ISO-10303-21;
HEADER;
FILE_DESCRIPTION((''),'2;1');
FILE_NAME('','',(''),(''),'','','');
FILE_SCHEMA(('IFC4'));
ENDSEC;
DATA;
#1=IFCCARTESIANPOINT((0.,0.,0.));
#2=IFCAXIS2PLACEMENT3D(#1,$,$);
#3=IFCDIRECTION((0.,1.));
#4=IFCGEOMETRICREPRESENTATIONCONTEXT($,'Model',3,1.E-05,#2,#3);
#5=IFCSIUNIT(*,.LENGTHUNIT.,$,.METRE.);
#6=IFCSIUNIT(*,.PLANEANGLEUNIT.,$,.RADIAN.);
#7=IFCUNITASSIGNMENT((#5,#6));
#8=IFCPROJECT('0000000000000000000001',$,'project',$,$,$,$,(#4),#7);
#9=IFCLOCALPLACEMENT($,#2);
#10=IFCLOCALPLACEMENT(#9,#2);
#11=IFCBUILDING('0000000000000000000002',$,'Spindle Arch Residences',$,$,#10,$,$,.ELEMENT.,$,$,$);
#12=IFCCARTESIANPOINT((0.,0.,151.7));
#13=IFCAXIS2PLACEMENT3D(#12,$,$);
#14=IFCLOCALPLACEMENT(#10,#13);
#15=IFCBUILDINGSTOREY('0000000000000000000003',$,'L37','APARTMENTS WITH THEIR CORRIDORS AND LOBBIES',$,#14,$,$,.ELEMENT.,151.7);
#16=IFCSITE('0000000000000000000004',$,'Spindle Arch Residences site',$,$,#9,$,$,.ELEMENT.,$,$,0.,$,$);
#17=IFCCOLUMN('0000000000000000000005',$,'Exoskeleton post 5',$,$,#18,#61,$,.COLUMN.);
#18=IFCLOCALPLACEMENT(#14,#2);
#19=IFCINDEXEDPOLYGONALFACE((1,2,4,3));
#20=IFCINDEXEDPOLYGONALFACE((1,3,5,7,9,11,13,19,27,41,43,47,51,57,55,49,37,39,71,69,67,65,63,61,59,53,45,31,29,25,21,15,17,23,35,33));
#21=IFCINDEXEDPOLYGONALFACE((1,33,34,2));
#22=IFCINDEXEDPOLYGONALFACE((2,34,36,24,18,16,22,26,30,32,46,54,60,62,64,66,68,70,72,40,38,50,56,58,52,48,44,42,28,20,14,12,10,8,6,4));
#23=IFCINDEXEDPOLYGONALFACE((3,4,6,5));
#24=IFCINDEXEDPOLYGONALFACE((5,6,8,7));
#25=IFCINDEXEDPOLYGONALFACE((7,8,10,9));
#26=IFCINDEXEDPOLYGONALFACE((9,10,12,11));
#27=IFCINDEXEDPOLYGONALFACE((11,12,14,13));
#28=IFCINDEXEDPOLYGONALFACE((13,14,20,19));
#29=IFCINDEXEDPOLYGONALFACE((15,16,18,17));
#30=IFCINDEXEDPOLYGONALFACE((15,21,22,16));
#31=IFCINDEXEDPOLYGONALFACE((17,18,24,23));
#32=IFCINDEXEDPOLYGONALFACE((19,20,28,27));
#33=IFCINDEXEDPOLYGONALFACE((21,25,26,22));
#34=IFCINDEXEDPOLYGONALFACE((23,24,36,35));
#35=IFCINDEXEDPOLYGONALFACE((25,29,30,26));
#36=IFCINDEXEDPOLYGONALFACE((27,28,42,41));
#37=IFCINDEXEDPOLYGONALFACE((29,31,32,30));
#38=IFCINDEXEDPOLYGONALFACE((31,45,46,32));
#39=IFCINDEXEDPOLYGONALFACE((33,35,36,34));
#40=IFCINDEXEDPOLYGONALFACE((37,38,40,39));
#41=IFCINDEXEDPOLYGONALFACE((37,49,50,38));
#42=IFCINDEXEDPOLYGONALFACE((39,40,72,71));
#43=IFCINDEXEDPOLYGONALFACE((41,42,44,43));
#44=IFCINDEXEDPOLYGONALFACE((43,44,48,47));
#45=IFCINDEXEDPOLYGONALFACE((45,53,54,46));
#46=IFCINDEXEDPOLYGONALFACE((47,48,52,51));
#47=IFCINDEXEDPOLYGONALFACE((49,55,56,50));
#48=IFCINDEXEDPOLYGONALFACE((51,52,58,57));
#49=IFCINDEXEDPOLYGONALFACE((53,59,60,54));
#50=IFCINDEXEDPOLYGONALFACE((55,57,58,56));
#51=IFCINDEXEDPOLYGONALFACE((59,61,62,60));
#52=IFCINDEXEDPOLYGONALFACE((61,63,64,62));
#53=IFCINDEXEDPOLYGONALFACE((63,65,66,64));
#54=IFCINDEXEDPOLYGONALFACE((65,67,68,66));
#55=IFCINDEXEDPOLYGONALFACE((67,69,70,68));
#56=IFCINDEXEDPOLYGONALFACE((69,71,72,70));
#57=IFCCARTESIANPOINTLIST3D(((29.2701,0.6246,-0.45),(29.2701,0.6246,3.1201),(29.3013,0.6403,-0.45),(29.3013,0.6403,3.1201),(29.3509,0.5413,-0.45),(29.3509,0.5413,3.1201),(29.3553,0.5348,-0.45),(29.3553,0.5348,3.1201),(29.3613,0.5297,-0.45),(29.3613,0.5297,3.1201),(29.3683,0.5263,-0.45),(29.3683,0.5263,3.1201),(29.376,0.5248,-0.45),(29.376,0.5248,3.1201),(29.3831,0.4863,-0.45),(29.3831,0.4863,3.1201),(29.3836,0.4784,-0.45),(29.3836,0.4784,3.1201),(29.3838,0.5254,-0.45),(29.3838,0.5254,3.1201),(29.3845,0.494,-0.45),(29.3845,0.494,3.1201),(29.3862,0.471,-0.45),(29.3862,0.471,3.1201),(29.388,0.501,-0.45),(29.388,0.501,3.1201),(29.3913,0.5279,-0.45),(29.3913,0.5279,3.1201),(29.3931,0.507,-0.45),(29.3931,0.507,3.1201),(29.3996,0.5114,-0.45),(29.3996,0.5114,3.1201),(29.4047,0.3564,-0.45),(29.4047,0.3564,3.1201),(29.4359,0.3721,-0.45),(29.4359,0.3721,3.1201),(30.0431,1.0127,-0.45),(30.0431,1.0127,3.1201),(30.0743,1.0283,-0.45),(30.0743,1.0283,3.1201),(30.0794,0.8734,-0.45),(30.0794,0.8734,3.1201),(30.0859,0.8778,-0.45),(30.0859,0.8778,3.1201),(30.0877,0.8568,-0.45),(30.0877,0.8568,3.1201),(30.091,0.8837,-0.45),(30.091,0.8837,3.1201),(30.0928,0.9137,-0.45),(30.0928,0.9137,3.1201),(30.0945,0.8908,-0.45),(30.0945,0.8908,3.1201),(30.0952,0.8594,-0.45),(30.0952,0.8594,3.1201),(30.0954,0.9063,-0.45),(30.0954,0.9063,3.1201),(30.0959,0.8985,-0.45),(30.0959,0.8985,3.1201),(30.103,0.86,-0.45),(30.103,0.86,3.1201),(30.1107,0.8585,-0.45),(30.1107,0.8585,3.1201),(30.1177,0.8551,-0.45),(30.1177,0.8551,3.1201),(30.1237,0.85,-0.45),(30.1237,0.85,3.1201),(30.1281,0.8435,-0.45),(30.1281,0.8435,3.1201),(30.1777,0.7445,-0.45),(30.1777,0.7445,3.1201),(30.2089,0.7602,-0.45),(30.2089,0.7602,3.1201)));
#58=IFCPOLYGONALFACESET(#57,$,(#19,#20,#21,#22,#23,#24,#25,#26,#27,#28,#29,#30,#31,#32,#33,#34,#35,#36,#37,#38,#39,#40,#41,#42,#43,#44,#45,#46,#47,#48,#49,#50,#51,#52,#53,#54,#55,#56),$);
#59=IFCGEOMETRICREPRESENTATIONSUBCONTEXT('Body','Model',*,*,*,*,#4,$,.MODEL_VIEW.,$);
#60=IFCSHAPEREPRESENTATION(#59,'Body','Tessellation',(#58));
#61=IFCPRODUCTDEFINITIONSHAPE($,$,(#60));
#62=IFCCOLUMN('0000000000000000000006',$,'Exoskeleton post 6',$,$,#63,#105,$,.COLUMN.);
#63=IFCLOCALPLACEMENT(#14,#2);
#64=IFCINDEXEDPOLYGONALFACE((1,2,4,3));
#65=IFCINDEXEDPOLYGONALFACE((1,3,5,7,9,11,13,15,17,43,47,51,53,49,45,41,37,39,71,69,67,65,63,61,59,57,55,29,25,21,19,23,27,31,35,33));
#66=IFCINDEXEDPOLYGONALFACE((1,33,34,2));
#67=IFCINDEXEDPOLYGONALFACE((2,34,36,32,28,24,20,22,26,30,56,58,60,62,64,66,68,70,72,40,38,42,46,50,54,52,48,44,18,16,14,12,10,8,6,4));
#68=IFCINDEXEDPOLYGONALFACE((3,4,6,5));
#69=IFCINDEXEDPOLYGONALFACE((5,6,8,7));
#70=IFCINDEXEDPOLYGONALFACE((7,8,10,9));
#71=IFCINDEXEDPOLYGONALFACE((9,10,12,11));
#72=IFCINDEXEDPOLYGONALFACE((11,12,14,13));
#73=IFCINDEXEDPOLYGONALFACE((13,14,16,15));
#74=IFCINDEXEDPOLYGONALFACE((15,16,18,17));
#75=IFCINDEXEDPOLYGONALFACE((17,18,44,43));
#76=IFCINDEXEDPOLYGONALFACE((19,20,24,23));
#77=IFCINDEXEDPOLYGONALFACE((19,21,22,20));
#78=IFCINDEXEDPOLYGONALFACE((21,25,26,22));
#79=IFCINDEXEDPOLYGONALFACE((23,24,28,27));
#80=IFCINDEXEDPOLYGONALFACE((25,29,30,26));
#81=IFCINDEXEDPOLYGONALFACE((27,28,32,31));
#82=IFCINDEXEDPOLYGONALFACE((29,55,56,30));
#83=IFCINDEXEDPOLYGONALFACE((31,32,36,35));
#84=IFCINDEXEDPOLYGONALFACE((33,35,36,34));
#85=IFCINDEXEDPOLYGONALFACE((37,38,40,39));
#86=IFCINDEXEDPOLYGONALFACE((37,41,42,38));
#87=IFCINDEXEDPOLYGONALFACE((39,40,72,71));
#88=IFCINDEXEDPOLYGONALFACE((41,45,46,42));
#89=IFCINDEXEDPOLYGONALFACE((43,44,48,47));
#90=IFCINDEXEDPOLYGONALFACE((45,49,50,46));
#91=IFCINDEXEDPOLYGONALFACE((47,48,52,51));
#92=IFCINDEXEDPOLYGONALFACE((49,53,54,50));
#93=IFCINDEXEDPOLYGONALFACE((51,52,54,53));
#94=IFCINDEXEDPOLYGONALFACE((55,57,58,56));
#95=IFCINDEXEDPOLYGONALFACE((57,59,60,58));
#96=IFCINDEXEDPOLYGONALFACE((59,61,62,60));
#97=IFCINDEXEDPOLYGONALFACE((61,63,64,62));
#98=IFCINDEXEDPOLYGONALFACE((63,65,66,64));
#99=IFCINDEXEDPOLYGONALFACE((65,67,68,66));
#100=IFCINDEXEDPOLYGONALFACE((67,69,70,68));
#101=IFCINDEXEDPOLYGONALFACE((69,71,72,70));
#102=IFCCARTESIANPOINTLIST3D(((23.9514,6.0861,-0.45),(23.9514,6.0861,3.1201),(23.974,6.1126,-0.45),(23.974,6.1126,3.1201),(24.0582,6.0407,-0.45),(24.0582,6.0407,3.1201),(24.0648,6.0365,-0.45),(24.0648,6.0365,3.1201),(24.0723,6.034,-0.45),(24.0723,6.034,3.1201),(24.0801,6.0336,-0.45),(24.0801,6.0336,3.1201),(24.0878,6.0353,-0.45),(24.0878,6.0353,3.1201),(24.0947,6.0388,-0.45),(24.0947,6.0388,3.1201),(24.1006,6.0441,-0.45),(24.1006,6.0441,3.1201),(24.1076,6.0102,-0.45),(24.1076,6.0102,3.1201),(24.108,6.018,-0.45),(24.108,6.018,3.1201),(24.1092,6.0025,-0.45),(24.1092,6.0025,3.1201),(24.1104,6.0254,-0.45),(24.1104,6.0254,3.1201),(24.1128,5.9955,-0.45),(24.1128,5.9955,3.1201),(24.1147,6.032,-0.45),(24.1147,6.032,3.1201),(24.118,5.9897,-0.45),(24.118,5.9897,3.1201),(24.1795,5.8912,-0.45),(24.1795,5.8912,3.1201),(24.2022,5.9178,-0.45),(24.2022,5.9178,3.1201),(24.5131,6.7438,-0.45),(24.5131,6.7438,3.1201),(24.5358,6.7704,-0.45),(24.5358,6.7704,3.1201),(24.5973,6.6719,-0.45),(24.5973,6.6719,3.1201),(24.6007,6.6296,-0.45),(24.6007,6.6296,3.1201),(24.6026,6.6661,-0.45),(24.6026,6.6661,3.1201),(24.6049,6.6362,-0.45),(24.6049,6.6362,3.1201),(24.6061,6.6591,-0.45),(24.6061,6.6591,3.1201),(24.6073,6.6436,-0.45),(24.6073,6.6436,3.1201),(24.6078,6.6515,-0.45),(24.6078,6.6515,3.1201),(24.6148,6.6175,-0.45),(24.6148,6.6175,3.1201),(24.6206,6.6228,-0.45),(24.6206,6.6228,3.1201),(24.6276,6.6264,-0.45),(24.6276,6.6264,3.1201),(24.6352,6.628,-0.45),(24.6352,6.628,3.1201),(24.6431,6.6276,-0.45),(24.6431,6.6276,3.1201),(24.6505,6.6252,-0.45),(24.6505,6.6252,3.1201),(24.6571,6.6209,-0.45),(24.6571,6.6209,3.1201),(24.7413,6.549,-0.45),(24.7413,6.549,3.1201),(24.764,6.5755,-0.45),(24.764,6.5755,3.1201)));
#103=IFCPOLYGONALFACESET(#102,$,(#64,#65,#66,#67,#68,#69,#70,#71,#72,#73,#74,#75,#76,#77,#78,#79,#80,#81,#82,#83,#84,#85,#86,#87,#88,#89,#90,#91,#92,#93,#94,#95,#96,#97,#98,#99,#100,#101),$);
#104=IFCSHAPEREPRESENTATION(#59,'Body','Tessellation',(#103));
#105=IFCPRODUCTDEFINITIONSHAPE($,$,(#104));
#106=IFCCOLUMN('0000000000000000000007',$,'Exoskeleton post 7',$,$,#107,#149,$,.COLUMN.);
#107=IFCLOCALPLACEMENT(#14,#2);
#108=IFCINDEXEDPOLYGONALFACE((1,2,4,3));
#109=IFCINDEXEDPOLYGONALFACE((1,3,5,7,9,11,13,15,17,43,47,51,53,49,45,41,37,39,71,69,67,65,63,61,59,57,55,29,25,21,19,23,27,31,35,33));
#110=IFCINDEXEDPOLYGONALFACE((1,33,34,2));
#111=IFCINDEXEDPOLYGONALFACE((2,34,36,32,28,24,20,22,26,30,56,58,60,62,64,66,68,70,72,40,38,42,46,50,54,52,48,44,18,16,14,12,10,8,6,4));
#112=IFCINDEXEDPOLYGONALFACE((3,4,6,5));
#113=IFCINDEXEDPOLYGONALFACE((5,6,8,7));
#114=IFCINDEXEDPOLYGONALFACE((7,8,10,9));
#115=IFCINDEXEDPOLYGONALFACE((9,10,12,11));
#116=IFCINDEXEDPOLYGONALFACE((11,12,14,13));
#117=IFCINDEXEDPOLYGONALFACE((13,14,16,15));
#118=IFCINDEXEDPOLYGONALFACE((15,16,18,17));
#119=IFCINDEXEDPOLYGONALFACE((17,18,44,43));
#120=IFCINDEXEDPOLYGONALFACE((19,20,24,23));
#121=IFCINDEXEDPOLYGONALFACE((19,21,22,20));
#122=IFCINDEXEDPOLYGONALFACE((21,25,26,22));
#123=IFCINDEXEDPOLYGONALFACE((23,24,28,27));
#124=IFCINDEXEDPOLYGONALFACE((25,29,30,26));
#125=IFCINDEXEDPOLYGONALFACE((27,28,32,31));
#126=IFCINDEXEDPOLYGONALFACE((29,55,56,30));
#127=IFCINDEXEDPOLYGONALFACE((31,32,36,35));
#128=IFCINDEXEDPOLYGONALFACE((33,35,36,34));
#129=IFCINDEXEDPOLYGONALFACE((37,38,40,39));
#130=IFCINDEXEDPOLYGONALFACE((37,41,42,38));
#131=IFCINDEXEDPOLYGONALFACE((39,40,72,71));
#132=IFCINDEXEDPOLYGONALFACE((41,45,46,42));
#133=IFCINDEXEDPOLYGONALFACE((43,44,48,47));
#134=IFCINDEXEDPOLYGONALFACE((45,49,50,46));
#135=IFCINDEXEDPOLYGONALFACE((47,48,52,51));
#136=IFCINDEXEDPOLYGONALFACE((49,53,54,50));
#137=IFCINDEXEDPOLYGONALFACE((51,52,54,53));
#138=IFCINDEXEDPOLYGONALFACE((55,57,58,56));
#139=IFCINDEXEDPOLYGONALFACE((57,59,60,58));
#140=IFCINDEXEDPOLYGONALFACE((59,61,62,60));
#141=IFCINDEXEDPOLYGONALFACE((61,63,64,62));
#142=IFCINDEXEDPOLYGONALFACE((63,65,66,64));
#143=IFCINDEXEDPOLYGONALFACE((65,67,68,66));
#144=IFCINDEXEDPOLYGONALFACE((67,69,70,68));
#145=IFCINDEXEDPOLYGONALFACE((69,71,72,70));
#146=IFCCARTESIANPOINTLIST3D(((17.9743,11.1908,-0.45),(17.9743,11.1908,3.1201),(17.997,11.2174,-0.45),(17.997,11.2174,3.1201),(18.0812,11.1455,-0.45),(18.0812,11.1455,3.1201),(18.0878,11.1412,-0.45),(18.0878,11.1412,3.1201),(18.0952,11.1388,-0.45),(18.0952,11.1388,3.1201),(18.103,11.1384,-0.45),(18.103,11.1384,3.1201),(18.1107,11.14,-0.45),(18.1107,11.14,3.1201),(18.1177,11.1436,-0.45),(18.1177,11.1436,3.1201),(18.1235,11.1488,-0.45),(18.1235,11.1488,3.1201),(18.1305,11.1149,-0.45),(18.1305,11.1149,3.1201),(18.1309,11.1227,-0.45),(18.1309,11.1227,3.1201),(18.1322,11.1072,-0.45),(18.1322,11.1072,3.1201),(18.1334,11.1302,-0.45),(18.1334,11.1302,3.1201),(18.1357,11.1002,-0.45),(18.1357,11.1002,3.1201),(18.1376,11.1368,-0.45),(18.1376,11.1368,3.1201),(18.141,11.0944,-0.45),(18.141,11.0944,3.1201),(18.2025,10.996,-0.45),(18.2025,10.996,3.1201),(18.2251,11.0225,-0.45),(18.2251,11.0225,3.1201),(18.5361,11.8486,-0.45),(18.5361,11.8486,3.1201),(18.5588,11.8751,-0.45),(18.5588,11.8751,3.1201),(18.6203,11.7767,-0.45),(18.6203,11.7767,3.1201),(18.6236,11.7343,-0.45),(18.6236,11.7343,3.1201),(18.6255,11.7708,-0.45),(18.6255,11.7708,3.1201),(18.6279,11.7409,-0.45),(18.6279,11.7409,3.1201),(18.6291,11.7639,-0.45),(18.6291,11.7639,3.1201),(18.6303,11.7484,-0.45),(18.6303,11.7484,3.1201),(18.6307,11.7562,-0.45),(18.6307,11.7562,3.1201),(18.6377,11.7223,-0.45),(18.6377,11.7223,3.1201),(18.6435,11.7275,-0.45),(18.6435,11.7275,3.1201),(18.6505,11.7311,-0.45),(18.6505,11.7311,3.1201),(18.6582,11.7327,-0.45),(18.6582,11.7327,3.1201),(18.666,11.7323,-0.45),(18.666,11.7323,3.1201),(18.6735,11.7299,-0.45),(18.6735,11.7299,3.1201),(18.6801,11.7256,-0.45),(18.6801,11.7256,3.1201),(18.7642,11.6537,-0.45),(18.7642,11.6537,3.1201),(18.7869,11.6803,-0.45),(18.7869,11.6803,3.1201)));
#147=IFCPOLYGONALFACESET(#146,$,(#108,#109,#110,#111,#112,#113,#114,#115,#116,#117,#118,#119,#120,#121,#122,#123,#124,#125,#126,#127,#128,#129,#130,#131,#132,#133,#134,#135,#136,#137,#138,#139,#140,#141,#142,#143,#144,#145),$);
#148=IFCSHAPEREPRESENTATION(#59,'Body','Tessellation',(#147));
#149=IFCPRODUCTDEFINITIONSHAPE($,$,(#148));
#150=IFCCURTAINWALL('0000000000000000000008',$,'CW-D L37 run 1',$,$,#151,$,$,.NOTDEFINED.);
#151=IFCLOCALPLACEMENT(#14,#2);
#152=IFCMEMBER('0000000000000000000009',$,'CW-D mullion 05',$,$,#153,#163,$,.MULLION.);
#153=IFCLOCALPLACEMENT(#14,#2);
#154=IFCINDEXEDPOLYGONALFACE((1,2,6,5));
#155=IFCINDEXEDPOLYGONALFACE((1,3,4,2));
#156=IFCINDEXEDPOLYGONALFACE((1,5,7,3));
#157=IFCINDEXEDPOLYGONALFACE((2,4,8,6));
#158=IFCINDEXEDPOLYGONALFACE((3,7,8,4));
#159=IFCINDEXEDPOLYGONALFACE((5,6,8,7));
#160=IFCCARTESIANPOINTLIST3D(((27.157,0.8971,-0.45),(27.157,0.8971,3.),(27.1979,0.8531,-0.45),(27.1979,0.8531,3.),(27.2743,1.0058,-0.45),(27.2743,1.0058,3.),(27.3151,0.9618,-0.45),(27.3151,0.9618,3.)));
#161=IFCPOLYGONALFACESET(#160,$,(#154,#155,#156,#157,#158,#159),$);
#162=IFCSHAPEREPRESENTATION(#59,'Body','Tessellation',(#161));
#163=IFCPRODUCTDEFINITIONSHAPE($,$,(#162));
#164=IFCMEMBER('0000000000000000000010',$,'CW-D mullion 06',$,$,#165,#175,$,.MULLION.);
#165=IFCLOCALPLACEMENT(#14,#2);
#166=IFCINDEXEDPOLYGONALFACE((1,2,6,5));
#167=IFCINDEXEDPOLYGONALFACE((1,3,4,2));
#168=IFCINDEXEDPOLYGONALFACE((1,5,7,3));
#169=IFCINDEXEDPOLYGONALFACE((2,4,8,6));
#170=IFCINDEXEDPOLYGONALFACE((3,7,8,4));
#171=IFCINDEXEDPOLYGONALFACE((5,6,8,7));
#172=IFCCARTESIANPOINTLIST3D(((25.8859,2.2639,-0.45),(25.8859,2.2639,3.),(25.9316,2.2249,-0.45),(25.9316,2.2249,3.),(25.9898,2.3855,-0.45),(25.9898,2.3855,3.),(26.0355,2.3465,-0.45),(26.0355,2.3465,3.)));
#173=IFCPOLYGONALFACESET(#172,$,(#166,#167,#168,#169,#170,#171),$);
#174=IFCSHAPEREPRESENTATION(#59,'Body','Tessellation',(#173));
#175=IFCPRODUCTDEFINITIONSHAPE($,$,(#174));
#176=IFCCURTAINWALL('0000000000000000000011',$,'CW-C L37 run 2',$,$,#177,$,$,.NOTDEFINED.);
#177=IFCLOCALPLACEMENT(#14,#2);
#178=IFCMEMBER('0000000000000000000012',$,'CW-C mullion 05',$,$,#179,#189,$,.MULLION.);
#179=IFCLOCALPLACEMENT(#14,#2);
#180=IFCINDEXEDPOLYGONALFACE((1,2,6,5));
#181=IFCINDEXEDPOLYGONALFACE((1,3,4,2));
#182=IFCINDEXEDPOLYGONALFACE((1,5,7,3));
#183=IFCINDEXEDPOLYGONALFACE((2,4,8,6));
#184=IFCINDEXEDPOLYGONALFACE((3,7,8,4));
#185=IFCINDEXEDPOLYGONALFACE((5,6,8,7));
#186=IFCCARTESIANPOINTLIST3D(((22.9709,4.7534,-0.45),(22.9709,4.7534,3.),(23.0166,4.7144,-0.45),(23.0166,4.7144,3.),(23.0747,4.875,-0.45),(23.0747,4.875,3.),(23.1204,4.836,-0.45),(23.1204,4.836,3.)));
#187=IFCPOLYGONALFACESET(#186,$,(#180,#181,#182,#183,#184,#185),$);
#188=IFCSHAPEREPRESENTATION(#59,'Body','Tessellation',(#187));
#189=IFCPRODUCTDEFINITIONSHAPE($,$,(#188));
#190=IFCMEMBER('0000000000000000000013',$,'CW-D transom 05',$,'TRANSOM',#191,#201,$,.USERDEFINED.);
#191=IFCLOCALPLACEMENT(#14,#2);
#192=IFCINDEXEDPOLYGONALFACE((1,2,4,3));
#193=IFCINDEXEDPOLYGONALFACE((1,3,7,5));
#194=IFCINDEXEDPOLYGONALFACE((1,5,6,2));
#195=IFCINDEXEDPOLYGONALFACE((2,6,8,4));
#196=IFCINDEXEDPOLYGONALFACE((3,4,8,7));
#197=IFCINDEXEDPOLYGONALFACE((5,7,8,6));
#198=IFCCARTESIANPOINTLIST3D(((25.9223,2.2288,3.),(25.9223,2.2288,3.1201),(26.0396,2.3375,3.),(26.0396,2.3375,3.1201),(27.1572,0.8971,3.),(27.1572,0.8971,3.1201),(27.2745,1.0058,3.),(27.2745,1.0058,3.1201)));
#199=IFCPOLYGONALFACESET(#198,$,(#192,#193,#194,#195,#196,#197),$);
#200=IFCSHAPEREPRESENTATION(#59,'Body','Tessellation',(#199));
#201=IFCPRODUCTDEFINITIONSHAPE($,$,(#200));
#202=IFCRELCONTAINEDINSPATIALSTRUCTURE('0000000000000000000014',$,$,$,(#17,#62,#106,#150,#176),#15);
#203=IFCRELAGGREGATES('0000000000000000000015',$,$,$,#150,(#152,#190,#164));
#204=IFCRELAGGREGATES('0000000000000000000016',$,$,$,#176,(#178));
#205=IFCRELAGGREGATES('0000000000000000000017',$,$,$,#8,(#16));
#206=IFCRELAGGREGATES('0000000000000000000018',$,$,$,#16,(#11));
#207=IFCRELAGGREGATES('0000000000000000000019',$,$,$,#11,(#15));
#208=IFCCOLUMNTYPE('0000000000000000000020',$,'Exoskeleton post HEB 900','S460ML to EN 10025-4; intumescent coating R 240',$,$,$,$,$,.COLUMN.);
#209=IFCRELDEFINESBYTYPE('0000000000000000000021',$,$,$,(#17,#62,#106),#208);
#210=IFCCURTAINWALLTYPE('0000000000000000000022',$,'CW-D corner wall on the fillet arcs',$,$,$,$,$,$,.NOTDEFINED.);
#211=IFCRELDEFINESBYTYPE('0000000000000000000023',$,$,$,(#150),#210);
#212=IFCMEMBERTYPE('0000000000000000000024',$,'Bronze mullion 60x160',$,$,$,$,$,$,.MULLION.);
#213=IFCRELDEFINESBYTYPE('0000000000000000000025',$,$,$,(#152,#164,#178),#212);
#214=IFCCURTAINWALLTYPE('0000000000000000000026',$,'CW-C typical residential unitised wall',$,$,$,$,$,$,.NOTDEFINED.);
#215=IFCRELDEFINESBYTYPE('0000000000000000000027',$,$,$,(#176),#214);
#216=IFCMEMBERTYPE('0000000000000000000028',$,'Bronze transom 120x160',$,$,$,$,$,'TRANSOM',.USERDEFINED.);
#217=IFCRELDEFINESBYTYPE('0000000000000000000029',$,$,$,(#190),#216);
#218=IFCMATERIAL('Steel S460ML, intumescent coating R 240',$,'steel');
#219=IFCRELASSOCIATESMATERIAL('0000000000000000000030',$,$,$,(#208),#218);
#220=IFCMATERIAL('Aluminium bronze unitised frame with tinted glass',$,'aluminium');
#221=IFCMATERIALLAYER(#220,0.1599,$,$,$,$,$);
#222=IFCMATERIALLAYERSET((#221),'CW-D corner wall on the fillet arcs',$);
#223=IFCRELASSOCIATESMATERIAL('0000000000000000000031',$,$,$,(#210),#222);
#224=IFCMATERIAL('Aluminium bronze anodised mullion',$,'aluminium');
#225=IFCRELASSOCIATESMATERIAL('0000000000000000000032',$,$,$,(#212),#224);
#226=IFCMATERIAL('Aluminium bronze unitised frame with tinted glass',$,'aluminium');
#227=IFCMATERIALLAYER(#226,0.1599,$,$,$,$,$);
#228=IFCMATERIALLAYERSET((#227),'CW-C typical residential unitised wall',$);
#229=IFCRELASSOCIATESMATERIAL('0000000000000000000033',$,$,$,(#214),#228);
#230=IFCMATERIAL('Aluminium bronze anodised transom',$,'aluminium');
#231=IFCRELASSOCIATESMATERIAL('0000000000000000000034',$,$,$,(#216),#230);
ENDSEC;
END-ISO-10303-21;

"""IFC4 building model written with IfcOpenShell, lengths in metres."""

from ifc_helpers import new_model, si_unit, direction, frame, origin, origin_2d, place, context, subcontext, project, spatial, rectangle, i_section, extrude, material, layer, layer_set, material_profile, profile_set, type_object, element, aggregate, save


model = new_model("IFC4")

# Units and contexts
model_context = context("Model", 3, precision=1e-05, world=origin(), true_north=direction((0.0, 1.0)))
body_context = subcontext(model_context, "Body", "Model", "MODEL_VIEW")
ifc_project = project(units=[si_unit("LENGTHUNIT", "METRE"), si_unit("PLANEANGLEUNIT", "RADIAN")], contexts=[model_context])

# Site, building, storey
site_placement = place(None, origin())
site = spatial("IfcSite", under=ifc_project, at=site_placement, Name="Spindle Arch Residences site", CompositionType="ELEMENT", RefElevation=0.0)
building_placement = place(site_placement, origin())
building = spatial("IfcBuilding", under=site, at=building_placement, Name="Spindle Arch Residences", CompositionType="ELEMENT")
storey_placement = place(building_placement, frame((0.0, 0.0, 151.7)))
storey = spatial("IfcBuildingStorey", under=building, at=storey_placement, Name="L37", Description="APARTMENTS WITH THEIR CORRIDORS AND LOBBIES", CompositionType="ELEMENT", Elevation=151.7)

# Columns
ifc_material_1 = material(Name="Steel S460ML, intumescent coating R 240", Category="steel")
ifc_material_profile_1 = material_profile(ifc_material_1, i_section(OverallWidth=0.3, OverallDepth=0.8999, WebThickness=0.0186, FlangeThickness=0.0349, FilletRadius=0.03, at=origin_2d()), Name="HEB 900")
ifc_profile_set_1 = profile_set([ifc_material_profile_1], Name="Steel S460ML, intumescent coating R 240")
column_type = type_object("IfcColumnType", Name="Exoskeleton post HEB 900", Description="S460ML to EN 10025-4; intumescent coating R 240", PredefinedType="COLUMN", material=ifc_profile_set_1)
for number, where, z_axis, x_axis, name in (
    (1, (29.7395, 0.6924, -0.45), (0.0, 0.0, 1.0), (0.448657, -0.893704, 0.0), "Exoskeleton post 5"),
    (2, (24.3577, 6.3308, -0.45), (0.0, 0.0, 1.0), (0.760406, -0.649448, 0.0), "Exoskeleton post 6"),
    (3, (18.3806, 11.4355, -0.45), (0.0, 0.0, 1.0), (0.760406, -0.649448, 0.0), "Exoskeleton post 7"),
):
    element("IfcColumn", number, at=place(storey_placement, frame(where, z_axis=z_axis, x_axis=x_axis)), inside=storey, type_object=column_type, Name=name, PredefinedType="COLUMN", context=body_context, shape_type="SweptSolid", body=[
        extrude(i_section(OverallWidth=0.3, OverallDepth=0.8999, WebThickness=0.0186, FlangeThickness=0.0349, FilletRadius=0.03, at=origin_2d()), origin(), (0.0, 0.0, 1.0), 3.5701),
    ])

# Curtain wall, members
ifc_material_2 = material(Name="Aluminium bronze unitised frame with tinted glass", Category="aluminium")
ifc_layer_1 = layer(ifc_material_2, 0.1599)
ifc_layer_set_1 = layer_set([ifc_layer_1], Name="CW-D corner wall on the fillet arcs")
curtain_wall_type_1 = type_object("IfcCurtainWallType", Name="CW-D corner wall on the fillet arcs", PredefinedType="NOTDEFINED", material=ifc_layer_set_1)
curtain_wall_1_placement = place(storey_placement, origin())
curtain_wall_1 = element("IfcCurtainWall", 4, at=curtain_wall_1_placement, inside=storey, type_object=curtain_wall_type_1, Name="CW-D L37 run 1", PredefinedType="NOTDEFINED")
ifc_material_3 = material(Name="Aluminium bronze anodised mullion", Category="aluminium")
ifc_material_profile_2 = material_profile(ifc_material_3, rectangle(XDim=0.1599, YDim=0.0601, at=origin_2d()), Name="MU 60x160")
ifc_profile_set_2 = profile_set([ifc_material_profile_2], Name="Aluminium bronze anodised mullion")
member_type_1 = type_object("IfcMemberType", Name="Bronze mullion 60x160", PredefinedType="MULLION", material=ifc_profile_set_2)
member_1_placement = place(storey_placement, frame((27.2361, 0.9294, -0.45), z_axis=(0.0, 0.0, 1.0), x_axis=(-0.733334, -0.679868, 0.0)))
member_1 = element("IfcMember", 5, at=member_1_placement, type_object=member_type_1, Name="CW-D mullion 05", PredefinedType="MULLION", context=body_context, shape_type="SweptSolid", body=[
    extrude(rectangle(XDim=0.1599, YDim=0.0601, at=origin_2d()), origin(), (0.0, 0.0, 1.0), 3.45),
])
member_2_placement = place(storey_placement, frame((25.9607, 2.3052, -0.45), z_axis=(0.0, 0.0, 1.0), x_axis=(-0.649448, -0.760406, 0.0)))
member_2 = element("IfcMember", 6, at=member_2_placement, type_object=member_type_1, Name="CW-D mullion 06", PredefinedType="MULLION", context=body_context, shape_type="SweptSolid", body=[
    extrude(rectangle(XDim=0.1599, YDim=0.0601, at=origin_2d()), origin(), (0.0, 0.0, 1.0), 3.45),
])

# Curtain wall, member
ifc_material_4 = material(Name="Aluminium bronze unitised frame with tinted glass", Category="aluminium")
ifc_layer_2 = layer(ifc_material_4, 0.1599)
ifc_layer_set_2 = layer_set([ifc_layer_2], Name="CW-C typical residential unitised wall")
curtain_wall_type_2 = type_object("IfcCurtainWallType", Name="CW-C typical residential unitised wall", PredefinedType="NOTDEFINED", material=ifc_layer_set_2)
curtain_wall_2_placement = place(storey_placement, origin())
curtain_wall_2 = element("IfcCurtainWall", 7, at=curtain_wall_2_placement, inside=storey, type_object=curtain_wall_type_2, Name="CW-C L37 run 2", PredefinedType="NOTDEFINED")
member_3_placement = place(storey_placement, frame((23.0457, 4.7947, -0.45), z_axis=(0.0, 0.0, 1.0), x_axis=(-0.649448, -0.760406, 0.0)))
member_3 = element("IfcMember", 8, at=member_3_placement, type_object=member_type_1, Name="CW-C mullion 05", PredefinedType="MULLION", context=body_context, shape_type="SweptSolid", body=[
    extrude(rectangle(XDim=0.1599, YDim=0.0601, at=origin_2d()), origin(), (0.0, 0.0, 1.0), 3.45),
])

# Member
ifc_material_5 = material(Name="Aluminium bronze anodised transom", Category="aluminium")
ifc_material_profile_3 = material_profile(ifc_material_5, rectangle(XDim=0.1599, YDim=0.1201, at=origin_2d()), Name="TR 120x160")
ifc_profile_set_3 = profile_set([ifc_material_profile_3], Name="Aluminium bronze anodised transom")
member_type_2 = type_object("IfcMemberType", Name="Bronze transom 120x160", ElementType="TRANSOM", PredefinedType="USERDEFINED", material=ifc_profile_set_3)
member_4_placement = place(storey_placement, frame((27.2158, 0.9514, 3.0601), z_axis=(-0.67992, 0.733286, 0.0), x_axis=(-0.733286, -0.67992, 0.0)))
member_4 = element("IfcMember", 9, at=member_4_placement, type_object=member_type_2, Name="CW-D transom 05", ObjectType="TRANSOM", PredefinedType="USERDEFINED", context=body_context, shape_type="SweptSolid", body=[
    extrude(rectangle(XDim=0.1599, YDim=0.1201, at=origin_2d()), origin(), (0.0, 0.0, 1.0), 1.8162),
])

aggregate(curtain_wall_1, [member_1, member_4, member_2])
aggregate(curtain_wall_2, [member_3])

save(model, "model.ifc")
